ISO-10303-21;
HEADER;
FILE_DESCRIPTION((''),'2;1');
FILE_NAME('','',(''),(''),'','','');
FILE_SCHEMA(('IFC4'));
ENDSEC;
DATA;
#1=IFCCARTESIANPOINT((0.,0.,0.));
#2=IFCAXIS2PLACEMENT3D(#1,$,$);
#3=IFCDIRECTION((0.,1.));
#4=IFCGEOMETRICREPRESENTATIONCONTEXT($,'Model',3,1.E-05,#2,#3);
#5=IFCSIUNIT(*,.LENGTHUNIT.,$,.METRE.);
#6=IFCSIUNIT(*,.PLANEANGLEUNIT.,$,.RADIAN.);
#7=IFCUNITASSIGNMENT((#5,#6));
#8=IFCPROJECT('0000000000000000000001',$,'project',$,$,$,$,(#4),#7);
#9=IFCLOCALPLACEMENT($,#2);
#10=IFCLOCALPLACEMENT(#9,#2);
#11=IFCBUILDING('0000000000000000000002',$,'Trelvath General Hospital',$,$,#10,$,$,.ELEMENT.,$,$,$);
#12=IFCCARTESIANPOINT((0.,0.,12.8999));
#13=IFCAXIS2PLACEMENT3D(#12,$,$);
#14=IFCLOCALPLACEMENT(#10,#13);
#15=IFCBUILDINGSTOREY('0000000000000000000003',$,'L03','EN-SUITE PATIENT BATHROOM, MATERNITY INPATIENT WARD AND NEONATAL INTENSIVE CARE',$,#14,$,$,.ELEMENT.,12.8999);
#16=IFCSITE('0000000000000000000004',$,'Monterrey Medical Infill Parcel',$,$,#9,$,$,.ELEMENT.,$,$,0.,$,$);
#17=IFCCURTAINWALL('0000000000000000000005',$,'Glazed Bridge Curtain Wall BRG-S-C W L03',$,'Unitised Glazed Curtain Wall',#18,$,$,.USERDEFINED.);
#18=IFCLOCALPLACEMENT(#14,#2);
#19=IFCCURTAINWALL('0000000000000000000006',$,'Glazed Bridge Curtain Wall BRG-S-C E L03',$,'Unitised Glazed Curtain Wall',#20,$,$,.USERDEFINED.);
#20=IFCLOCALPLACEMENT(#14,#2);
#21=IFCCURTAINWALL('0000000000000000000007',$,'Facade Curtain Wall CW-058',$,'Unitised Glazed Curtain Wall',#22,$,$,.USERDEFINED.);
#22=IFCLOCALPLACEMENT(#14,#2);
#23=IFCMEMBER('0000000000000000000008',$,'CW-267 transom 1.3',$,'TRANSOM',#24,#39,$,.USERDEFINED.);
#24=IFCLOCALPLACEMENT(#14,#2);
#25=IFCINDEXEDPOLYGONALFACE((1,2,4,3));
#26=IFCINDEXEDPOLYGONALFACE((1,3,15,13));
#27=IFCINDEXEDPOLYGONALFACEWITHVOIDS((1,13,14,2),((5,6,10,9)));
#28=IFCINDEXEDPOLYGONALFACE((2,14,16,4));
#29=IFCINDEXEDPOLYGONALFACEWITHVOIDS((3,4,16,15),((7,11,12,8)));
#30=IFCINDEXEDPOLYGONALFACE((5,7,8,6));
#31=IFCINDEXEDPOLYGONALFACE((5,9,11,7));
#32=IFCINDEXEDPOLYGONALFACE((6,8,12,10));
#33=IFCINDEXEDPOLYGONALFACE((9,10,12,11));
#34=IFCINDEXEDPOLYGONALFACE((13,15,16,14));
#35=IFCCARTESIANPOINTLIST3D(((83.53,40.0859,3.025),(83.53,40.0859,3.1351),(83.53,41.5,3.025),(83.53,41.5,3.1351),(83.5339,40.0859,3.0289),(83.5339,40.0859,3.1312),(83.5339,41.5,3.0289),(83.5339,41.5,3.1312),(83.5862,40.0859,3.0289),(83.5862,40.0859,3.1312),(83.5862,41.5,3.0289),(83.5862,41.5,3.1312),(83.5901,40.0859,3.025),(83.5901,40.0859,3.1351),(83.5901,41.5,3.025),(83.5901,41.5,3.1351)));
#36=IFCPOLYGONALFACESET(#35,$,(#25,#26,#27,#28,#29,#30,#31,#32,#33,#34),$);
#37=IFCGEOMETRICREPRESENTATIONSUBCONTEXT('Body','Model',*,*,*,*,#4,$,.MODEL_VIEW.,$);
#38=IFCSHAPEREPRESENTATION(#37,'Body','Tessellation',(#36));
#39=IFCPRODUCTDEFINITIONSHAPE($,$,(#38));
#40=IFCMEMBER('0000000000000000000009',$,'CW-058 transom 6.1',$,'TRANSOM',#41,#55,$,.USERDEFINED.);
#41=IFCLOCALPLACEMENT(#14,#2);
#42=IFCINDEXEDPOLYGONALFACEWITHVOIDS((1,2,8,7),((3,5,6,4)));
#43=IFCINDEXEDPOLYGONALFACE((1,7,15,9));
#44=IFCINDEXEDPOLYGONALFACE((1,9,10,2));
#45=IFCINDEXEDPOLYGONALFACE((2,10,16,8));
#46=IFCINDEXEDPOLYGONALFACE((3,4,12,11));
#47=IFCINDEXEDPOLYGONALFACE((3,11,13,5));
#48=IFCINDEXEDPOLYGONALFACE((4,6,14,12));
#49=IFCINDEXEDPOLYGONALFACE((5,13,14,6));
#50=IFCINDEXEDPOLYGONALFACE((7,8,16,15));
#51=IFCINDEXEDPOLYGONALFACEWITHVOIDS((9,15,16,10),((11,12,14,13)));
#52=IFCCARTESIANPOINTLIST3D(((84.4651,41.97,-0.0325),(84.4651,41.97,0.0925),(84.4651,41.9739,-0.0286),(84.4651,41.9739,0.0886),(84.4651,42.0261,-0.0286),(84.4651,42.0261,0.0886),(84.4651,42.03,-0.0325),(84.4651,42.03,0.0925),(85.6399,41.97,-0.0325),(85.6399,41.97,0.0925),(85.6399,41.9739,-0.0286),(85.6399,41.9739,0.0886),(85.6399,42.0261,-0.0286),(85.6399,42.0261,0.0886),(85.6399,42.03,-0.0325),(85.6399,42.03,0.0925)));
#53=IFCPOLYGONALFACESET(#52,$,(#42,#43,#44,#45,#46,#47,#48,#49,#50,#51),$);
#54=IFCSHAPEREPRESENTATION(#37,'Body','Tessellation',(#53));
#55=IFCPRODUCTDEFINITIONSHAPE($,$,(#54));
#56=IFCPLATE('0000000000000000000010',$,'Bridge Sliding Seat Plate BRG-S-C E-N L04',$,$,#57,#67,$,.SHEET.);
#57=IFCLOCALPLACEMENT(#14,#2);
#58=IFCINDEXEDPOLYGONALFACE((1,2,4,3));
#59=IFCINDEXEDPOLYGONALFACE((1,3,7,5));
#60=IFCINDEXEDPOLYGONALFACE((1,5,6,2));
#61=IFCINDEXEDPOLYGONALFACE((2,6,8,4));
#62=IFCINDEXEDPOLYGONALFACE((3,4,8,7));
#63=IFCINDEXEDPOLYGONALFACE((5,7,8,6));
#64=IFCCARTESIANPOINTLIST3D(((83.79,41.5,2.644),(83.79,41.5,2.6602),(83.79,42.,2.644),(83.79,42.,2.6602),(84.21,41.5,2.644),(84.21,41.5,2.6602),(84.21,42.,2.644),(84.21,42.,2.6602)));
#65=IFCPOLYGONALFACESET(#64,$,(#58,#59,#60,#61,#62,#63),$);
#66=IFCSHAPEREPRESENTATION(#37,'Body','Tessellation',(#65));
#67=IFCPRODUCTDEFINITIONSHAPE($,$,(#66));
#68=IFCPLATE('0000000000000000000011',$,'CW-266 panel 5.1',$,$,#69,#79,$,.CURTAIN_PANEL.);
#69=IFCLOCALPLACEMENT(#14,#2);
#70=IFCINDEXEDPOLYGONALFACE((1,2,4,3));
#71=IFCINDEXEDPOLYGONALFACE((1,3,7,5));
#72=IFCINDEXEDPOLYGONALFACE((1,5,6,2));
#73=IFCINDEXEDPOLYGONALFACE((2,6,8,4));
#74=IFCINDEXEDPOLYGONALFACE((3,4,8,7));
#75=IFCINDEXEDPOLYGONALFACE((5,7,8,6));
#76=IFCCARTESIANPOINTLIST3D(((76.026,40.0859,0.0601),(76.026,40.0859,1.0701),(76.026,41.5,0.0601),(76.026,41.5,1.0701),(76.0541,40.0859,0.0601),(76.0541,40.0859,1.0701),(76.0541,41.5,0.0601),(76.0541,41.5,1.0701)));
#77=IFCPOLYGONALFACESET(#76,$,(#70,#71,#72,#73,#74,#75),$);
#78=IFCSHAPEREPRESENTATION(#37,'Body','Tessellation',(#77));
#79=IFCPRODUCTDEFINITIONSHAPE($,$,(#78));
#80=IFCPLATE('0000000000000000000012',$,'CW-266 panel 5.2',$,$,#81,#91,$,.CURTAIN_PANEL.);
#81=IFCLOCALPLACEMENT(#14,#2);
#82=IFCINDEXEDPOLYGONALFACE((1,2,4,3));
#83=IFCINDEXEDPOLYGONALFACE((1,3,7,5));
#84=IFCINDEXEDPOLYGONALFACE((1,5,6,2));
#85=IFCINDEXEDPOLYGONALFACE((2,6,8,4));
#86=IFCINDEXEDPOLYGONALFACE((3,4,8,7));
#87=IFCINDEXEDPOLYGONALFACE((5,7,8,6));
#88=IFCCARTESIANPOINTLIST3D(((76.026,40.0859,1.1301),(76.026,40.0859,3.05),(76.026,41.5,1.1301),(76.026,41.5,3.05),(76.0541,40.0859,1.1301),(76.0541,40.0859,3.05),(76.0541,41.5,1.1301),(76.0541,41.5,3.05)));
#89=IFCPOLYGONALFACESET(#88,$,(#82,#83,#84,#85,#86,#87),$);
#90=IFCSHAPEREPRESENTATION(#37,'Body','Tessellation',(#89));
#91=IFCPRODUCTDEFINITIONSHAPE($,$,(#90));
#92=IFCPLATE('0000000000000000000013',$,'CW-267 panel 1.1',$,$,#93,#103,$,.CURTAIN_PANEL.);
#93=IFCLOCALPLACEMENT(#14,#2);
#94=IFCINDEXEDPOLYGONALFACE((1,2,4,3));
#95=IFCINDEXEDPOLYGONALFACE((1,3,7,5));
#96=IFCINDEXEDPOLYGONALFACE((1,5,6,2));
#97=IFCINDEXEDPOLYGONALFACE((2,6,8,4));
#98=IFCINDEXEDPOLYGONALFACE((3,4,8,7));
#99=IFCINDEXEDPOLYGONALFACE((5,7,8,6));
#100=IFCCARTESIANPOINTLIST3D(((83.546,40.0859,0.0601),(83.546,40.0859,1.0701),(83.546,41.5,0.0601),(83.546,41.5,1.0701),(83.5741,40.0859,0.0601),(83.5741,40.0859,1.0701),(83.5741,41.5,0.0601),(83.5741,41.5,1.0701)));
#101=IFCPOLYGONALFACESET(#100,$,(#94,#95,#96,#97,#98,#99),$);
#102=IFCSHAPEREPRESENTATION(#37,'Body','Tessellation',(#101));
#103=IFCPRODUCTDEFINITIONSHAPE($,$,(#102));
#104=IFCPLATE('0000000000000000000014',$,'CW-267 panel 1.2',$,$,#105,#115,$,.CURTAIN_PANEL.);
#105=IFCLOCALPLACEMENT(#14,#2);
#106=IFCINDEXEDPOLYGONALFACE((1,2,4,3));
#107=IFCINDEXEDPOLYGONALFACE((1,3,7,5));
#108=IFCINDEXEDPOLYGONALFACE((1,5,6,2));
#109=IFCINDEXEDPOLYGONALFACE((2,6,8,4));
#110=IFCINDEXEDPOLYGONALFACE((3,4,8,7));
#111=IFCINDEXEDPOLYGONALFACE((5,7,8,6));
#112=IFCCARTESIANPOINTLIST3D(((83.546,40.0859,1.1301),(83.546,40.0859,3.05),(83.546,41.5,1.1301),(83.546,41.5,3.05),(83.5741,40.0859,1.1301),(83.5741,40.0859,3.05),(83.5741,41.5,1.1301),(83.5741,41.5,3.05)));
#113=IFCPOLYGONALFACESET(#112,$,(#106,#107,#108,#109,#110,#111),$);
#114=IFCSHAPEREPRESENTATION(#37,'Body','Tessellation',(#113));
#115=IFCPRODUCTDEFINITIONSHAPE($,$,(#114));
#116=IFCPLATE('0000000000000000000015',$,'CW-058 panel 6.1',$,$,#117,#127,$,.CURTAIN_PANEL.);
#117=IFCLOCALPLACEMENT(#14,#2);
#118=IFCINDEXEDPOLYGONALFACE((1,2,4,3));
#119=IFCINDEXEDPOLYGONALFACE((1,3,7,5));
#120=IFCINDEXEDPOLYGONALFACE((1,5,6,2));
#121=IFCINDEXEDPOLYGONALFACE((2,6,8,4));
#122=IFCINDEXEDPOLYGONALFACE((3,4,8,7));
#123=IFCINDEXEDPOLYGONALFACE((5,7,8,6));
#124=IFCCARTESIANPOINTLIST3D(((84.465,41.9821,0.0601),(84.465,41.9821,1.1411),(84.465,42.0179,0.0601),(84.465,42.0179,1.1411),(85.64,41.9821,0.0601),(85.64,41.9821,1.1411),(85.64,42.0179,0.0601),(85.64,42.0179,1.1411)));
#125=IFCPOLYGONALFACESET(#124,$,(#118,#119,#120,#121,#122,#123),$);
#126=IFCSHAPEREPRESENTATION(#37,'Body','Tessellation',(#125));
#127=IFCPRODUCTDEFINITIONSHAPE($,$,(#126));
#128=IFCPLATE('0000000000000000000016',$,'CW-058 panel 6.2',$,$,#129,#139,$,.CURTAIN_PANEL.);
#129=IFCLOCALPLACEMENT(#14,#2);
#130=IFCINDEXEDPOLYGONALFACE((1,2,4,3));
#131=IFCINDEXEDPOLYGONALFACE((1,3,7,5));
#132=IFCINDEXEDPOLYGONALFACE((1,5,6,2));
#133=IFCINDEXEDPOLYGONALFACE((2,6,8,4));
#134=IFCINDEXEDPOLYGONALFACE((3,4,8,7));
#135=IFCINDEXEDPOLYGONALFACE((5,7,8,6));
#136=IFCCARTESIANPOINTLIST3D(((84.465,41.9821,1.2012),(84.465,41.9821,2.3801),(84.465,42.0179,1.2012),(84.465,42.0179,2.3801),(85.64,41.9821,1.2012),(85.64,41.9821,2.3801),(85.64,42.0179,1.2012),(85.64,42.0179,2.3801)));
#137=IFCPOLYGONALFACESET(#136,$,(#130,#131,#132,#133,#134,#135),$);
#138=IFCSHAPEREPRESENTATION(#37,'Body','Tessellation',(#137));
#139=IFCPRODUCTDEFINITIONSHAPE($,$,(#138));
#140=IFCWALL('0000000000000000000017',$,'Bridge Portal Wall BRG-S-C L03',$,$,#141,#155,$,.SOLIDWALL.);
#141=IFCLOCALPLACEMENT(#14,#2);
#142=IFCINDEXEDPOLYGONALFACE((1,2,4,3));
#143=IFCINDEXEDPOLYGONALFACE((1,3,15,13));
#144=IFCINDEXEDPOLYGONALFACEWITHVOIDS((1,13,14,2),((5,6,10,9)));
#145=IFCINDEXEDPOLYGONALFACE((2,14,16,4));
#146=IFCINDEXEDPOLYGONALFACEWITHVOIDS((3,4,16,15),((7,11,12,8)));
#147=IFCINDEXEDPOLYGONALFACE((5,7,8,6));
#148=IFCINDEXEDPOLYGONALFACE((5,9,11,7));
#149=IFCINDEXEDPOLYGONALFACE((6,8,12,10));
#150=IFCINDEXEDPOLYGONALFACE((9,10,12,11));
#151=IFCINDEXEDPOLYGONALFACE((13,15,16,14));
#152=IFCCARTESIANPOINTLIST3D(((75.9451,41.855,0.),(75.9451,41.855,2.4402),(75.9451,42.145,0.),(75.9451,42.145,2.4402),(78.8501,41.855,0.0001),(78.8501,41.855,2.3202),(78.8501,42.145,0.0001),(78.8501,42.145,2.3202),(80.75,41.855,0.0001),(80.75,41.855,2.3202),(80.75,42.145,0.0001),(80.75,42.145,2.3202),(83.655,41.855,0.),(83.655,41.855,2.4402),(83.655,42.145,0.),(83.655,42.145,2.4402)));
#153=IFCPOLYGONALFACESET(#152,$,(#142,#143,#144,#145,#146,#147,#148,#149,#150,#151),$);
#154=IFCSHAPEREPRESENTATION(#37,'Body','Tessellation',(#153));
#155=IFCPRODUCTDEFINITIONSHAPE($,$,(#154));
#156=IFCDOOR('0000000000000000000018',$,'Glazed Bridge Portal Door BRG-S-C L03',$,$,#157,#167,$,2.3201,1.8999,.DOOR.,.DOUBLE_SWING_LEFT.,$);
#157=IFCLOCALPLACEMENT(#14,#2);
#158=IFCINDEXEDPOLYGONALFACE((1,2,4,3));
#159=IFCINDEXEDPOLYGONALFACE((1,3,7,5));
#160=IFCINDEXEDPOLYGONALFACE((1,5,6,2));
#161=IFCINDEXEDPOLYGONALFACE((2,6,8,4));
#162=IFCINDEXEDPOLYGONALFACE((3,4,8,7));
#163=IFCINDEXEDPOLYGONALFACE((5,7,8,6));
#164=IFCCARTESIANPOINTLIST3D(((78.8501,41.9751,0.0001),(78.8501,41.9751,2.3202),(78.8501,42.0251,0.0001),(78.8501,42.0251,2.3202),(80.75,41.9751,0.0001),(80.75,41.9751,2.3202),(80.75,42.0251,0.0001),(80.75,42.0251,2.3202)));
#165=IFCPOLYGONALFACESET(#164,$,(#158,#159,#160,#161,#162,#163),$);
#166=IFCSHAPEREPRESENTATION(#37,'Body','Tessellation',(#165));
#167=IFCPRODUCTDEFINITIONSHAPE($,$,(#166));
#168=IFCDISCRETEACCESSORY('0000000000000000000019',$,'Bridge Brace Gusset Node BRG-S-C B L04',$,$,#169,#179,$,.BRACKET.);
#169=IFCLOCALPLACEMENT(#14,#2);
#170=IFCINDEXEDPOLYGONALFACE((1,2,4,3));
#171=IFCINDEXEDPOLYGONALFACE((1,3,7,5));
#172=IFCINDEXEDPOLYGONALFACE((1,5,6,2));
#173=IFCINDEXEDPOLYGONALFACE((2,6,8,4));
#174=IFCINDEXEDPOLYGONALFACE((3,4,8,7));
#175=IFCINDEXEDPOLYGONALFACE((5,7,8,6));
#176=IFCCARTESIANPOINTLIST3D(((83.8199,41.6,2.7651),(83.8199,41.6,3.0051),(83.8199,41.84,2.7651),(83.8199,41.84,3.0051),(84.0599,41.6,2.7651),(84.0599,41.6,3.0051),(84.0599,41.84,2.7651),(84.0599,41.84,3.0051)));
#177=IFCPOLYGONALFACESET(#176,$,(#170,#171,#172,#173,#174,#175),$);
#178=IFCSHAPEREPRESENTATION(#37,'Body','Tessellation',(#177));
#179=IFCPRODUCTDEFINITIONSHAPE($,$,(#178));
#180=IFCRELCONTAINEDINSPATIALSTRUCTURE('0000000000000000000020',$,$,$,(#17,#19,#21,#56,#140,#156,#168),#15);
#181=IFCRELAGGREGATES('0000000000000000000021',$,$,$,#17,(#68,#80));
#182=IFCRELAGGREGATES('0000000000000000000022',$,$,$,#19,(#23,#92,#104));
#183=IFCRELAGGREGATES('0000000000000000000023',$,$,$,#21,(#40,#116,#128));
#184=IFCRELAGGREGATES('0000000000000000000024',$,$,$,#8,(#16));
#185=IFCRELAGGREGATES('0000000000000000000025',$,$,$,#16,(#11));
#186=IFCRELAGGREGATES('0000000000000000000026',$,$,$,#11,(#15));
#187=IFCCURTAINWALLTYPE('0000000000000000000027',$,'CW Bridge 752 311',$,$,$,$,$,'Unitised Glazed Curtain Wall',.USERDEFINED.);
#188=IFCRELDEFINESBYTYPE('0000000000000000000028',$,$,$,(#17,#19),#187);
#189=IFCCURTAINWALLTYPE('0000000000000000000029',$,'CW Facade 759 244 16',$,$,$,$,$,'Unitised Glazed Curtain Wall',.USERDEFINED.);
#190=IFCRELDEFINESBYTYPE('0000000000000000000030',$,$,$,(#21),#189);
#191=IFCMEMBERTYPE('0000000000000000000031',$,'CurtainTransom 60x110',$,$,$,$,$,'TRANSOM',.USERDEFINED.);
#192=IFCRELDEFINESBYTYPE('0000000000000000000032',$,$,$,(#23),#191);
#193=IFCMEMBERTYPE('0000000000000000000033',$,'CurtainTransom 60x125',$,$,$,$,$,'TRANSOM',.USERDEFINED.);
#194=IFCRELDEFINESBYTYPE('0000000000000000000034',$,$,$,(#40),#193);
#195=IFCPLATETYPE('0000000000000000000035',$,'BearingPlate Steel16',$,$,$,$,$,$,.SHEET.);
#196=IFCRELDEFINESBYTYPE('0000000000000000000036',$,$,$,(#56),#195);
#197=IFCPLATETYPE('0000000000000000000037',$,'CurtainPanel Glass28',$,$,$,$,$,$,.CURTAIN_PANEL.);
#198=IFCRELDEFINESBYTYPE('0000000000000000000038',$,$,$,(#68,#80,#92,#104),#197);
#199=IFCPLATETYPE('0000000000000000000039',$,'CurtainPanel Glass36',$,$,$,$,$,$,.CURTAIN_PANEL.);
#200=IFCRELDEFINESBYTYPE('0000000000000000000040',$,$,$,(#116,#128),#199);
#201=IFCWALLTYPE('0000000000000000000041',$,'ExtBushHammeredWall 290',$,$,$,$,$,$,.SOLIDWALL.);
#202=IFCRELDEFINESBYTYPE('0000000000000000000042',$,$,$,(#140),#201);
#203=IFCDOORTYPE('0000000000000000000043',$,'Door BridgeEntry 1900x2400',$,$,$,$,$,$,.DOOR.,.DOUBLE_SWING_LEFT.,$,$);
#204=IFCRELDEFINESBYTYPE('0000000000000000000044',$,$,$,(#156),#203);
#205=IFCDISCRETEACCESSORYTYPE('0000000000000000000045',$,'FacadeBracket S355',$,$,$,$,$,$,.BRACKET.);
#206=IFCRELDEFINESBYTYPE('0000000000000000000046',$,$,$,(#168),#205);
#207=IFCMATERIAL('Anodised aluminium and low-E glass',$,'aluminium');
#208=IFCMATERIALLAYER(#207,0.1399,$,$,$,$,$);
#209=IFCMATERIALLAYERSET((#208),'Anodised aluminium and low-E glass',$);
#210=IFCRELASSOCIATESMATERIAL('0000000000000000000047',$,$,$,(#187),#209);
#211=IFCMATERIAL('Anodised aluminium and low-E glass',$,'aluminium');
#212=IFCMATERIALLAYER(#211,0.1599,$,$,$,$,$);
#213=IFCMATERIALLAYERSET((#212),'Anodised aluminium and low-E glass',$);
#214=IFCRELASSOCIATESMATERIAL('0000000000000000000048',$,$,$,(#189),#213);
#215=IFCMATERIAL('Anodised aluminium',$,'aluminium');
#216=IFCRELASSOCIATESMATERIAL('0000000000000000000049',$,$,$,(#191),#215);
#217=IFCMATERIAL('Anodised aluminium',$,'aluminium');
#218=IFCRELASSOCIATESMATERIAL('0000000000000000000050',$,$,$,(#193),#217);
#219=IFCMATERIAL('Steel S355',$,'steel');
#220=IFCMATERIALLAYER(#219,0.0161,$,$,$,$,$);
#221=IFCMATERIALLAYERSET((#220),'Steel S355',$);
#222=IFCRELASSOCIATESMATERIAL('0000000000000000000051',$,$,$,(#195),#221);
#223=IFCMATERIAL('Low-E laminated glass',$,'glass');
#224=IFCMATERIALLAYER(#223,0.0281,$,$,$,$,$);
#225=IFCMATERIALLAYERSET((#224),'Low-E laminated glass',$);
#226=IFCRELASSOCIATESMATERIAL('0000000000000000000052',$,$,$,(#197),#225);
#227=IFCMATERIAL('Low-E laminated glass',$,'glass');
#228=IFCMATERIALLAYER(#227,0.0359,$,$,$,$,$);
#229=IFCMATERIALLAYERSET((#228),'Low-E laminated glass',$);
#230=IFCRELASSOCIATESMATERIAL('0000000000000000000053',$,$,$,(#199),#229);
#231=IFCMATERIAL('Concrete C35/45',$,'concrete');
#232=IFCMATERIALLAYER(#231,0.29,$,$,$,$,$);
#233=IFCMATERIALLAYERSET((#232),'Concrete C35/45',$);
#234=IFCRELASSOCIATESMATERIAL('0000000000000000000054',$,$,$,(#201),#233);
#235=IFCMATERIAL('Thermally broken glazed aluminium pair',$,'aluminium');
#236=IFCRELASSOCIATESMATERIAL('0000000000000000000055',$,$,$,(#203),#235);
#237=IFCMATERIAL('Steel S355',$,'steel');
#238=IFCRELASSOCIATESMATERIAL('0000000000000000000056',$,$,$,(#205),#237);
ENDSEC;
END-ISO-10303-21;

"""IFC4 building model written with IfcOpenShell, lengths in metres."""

from ifc_helpers import new_model, si_unit, direction, frame, frame_2d, origin, origin_2d, place, context, subcontext, project, spatial, rectangle, hollow_rectangle, extrude, material, layer, layer_set, material_profile, profile_set, type_object, element, fill, aggregate, save


model = new_model("IFC4")

# Units and contexts
model_context = context("Model", 3, precision=1e-05, world=origin(), true_north=direction((0.0, 1.0)))
body_context = subcontext(model_context, "Body", "Model", "MODEL_VIEW")
ifc_project = project(units=[si_unit("LENGTHUNIT", "METRE"), si_unit("PLANEANGLEUNIT", "RADIAN")], contexts=[model_context])

# Site, building, storey
site_placement = place(None, origin())
site = spatial("IfcSite", under=ifc_project, at=site_placement, Name="Monterrey Medical Infill Parcel", CompositionType="ELEMENT", RefElevation=0.0)
building_placement = place(site_placement, origin())
building = spatial("IfcBuilding", under=site, at=building_placement, Name="Trelvath General Hospital", CompositionType="ELEMENT")
storey_placement = place(building_placement, frame((0.0, 0.0, 12.8999)))
storey = spatial("IfcBuildingStorey", under=building, at=storey_placement, Name="L03", Description="EN-SUITE PATIENT BATHROOM, MATERNITY INPATIENT WARD AND NEONATAL INTENSIVE CARE", CompositionType="ELEMENT", Elevation=12.8999)

# Curtain wall
ifc_material_1 = material(Name="Anodised aluminium and low-E glass", Category="aluminium")
ifc_layer_1 = layer(ifc_material_1, 0.1399)
ifc_layer_set_1 = layer_set([ifc_layer_1], Name="Anodised aluminium and low-E glass")
curtain_wall_type_1 = type_object("IfcCurtainWallType", Name="CW Bridge 752 311", ElementType="Unitised Glazed Curtain Wall", PredefinedType="USERDEFINED", material=ifc_layer_set_1)
curtain_wall_1_placement = place(storey_placement, origin())
curtain_wall_1 = element("IfcCurtainWall", 1, at=curtain_wall_1_placement, inside=storey, type_object=curtain_wall_type_1, Name="Glazed Bridge Curtain Wall BRG-S-C W L03", ObjectType="Unitised Glazed Curtain Wall", PredefinedType="USERDEFINED")

# Curtain wall
curtain_wall_2_placement = place(storey_placement, origin())
curtain_wall_2 = element("IfcCurtainWall", 2, at=curtain_wall_2_placement, inside=storey, type_object=curtain_wall_type_1, Name="Glazed Bridge Curtain Wall BRG-S-C E L03", ObjectType="Unitised Glazed Curtain Wall", PredefinedType="USERDEFINED")

# Curtain wall
ifc_material_2 = material(Name="Anodised aluminium and low-E glass", Category="aluminium")
ifc_layer_2 = layer(ifc_material_2, 0.1599)
ifc_layer_set_2 = layer_set([ifc_layer_2], Name="Anodised aluminium and low-E glass")
curtain_wall_type_2 = type_object("IfcCurtainWallType", Name="CW Facade 759 244 16", ElementType="Unitised Glazed Curtain Wall", PredefinedType="USERDEFINED", material=ifc_layer_set_2)
curtain_wall_3_placement = place(storey_placement, origin())
curtain_wall_3 = element("IfcCurtainWall", 3, at=curtain_wall_3_placement, inside=storey, type_object=curtain_wall_type_2, Name="Facade Curtain Wall CW-058", ObjectType="Unitised Glazed Curtain Wall", PredefinedType="USERDEFINED")

# Members
ifc_material_3 = material(Name="Anodised aluminium", Category="aluminium")
ifc_material_profile_1 = material_profile(ifc_material_3, hollow_rectangle(XDim=0.0601, YDim=0.1101, WallThickness=0.0039, at=origin_2d()), Name="RHS60x110x4")
ifc_profile_set_1 = profile_set([ifc_material_profile_1], Name="Anodised aluminium")
member_type_1 = type_object("IfcMemberType", Name="CurtainTransom 60x110", ElementType="TRANSOM", PredefinedType="USERDEFINED", material=ifc_profile_set_1)
member_1_placement = place(storey_placement, frame((83.5601, 41.5, 3.0801), z_axis=(0.0, -1.0, 0.0), x_axis=(1.0, 0.0, 0.0)))
member_1 = element("IfcMember", 4, at=member_1_placement, type_object=member_type_1, Name="CW-267 transom 1.3", ObjectType="TRANSOM", PredefinedType="USERDEFINED", context=body_context, shape_type="SweptSolid", body=[
    extrude(hollow_rectangle(XDim=0.0601, YDim=0.1101, WallThickness=0.0039, at=origin_2d()), origin(), (0.0, 0.0, 1.0), 1.4141),
])
ifc_material_4 = material(Name="Anodised aluminium", Category="aluminium")
ifc_material_profile_2 = material_profile(ifc_material_4, hollow_rectangle(XDim=0.0601, YDim=0.125, WallThickness=0.0039, at=origin_2d()), Name="RHS60x125x4")
ifc_profile_set_2 = profile_set([ifc_material_profile_2], Name="Anodised aluminium")
member_type_2 = type_object("IfcMemberType", Name="CurtainTransom 60x125", ElementType="TRANSOM", PredefinedType="USERDEFINED", material=ifc_profile_set_2)
member_2_placement = place(storey_placement, frame((85.6399, 42.0, 0.03), z_axis=(-1.0, 0.0, 0.0), x_axis=(0.0, -1.0, 0.0)))
member_2 = element("IfcMember", 5, at=member_2_placement, type_object=member_type_2, Name="CW-058 transom 6.1", ObjectType="TRANSOM", PredefinedType="USERDEFINED", context=body_context, shape_type="SweptSolid", body=[
    extrude(hollow_rectangle(XDim=0.0601, YDim=0.125, WallThickness=0.0039, at=origin_2d()), origin(), (0.0, 0.0, 1.0), 1.1748),
])

# Plates
ifc_material_5 = material(Name="Steel S355", Category="steel")
ifc_layer_3 = layer(ifc_material_5, 0.0161)
ifc_layer_set_3 = layer_set([ifc_layer_3], Name="Steel S355")
plate_type_1 = type_object("IfcPlateType", Name="BearingPlate Steel16", PredefinedType="SHEET", material=ifc_layer_set_3)
plate_1_placement = place(storey_placement, frame((84.0, 41.75, 2.644), z_axis=(0.0, 0.0, 1.0), x_axis=(1.0, 0.0, 0.0)))
element("IfcPlate", 6, at=plate_1_placement, inside=storey, type_object=plate_type_1, Name="Bridge Sliding Seat Plate BRG-S-C E-N L04", PredefinedType="SHEET", context=body_context, shape_type="SweptSolid", body=[
    extrude(rectangle(XDim=0.4199, YDim=0.5, at=origin_2d()), origin(), (0.0, 0.0, 1.0), 0.0161),
])
ifc_material_6 = material(Name="Low-E laminated glass", Category="glass")
ifc_layer_4 = layer(ifc_material_6, 0.0281)
ifc_layer_set_4 = layer_set([ifc_layer_4], Name="Low-E laminated glass")
plate_type_2 = type_object("IfcPlateType", Name="CurtainPanel Glass28", PredefinedType="CURTAIN_PANEL", material=ifc_layer_set_4)
plate_2_placement = place(storey_placement, frame((76.04, 40.793, 0.0601), z_axis=(0.0, 0.0, 1.0), x_axis=(0.0, 1.0, 0.0)))
plate_2 = element("IfcPlate", 7, at=plate_2_placement, type_object=plate_type_2, Name="CW-266 panel 5.1", PredefinedType="CURTAIN_PANEL", context=body_context, shape_type="SweptSolid", body=[
    extrude(rectangle(XDim=1.4141, YDim=0.0281, at=origin_2d()), origin(), (0.0, 0.0, 1.0), 1.01),
])
plate_3_placement = place(storey_placement, frame((76.04, 40.793, 1.1301), z_axis=(0.0, 0.0, 1.0), x_axis=(0.0, 1.0, 0.0)))
plate_3 = element("IfcPlate", 8, at=plate_3_placement, type_object=plate_type_2, Name="CW-266 panel 5.2", PredefinedType="CURTAIN_PANEL", context=body_context, shape_type="SweptSolid", body=[
    extrude(rectangle(XDim=1.4141, YDim=0.0281, at=origin_2d()), origin(), (0.0, 0.0, 1.0), 1.9199),
])
aggregate(curtain_wall_1, [plate_2, plate_3])
plate_4_placement = place(storey_placement, frame((83.5601, 40.793, 0.0601), z_axis=(0.0, 0.0, 1.0), x_axis=(0.0, -1.0, 0.0)))
plate_4 = element("IfcPlate", 9, at=plate_4_placement, type_object=plate_type_2, Name="CW-267 panel 1.1", PredefinedType="CURTAIN_PANEL", context=body_context, shape_type="SweptSolid", body=[
    extrude(rectangle(XDim=1.4141, YDim=0.0281, at=origin_2d()), origin(), (0.0, 0.0, 1.0), 1.01),
])
plate_5_placement = place(storey_placement, frame((83.5601, 40.793, 1.1301), z_axis=(0.0, 0.0, 1.0), x_axis=(0.0, -1.0, 0.0)))
plate_5 = element("IfcPlate", 10, at=plate_5_placement, type_object=plate_type_2, Name="CW-267 panel 1.2", PredefinedType="CURTAIN_PANEL", context=body_context, shape_type="SweptSolid", body=[
    extrude(rectangle(XDim=1.4141, YDim=0.0281, at=origin_2d()), origin(), (0.0, 0.0, 1.0), 1.9199),
])
aggregate(curtain_wall_2, [member_1, plate_4, plate_5])
ifc_material_7 = material(Name="Low-E laminated glass", Category="glass")
ifc_layer_5 = layer(ifc_material_7, 0.0359)
ifc_layer_set_5 = layer_set([ifc_layer_5], Name="Low-E laminated glass")
plate_type_3 = type_object("IfcPlateType", Name="CurtainPanel Glass36", PredefinedType="CURTAIN_PANEL", material=ifc_layer_set_5)
plate_6_placement = place(storey_placement, frame((85.0525, 42.0, 0.0601), z_axis=(0.0, 0.0, 1.0), x_axis=(-1.0, 0.0, 0.0)))
plate_6 = element("IfcPlate", 11, at=plate_6_placement, type_object=plate_type_3, Name="CW-058 panel 6.1", PredefinedType="CURTAIN_PANEL", context=body_context, shape_type="SweptSolid", body=[
    extrude(rectangle(XDim=1.175, YDim=0.0359, at=origin_2d()), origin(), (0.0, 0.0, 1.0), 1.0811),
])
plate_7_placement = place(storey_placement, frame((85.0525, 42.0, 1.2012), z_axis=(0.0, 0.0, 1.0), x_axis=(-1.0, 0.0, 0.0)))
plate_7 = element("IfcPlate", 12, at=plate_7_placement, type_object=plate_type_3, Name="CW-058 panel 6.2", PredefinedType="CURTAIN_PANEL", context=body_context, shape_type="SweptSolid", body=[
    extrude(rectangle(XDim=1.175, YDim=0.0359, at=origin_2d()), origin(), (0.0, 0.0, 1.0), 1.179),
])
aggregate(curtain_wall_3, [member_2, plate_6, plate_7])

# Wall, opening, door
ifc_material_8 = material(Name="Concrete C35/45", Category="concrete")
ifc_layer_6 = layer(ifc_material_8, 0.29)
ifc_layer_set_6 = layer_set([ifc_layer_6], Name="Concrete C35/45")
wall_type = type_object("IfcWallType", Name="ExtBushHammeredWall 290", PredefinedType="SOLIDWALL", material=ifc_layer_set_6)
wall_placement = place(storey_placement, frame((83.655, 42.0, 0.0), z_axis=(0.0, 0.0, 1.0), x_axis=(-1.0, 0.0, 0.0)))
wall = element("IfcWall", 13, at=wall_placement, inside=storey, type_object=wall_type, Name="Bridge Portal Wall BRG-S-C L03", PredefinedType="SOLIDWALL", context=body_context, shape_type="SweptSolid", body=[
    extrude(rectangle(XDim=7.71, YDim=0.29, at=frame_2d((3.855, 0.0))), origin(), (0.0, 0.0, 1.0), 2.4402),
])
opening_placement = place(wall_placement, frame((2.905, 0.0, 0.0)))
opening = element("IfcOpeningElement", 14, at=opening_placement, cuts=wall, PredefinedType="OPENING", context=body_context, shape_type="SweptSolid", body=[
    extrude(rectangle(XDim=1.8999, YDim=2.3201, at=frame_2d((0.95, 1.1602))), frame((0.0, 0.155, 0.0), z_axis=(0.0, -1.0, 0.0), x_axis=(1.0, 0.0, 0.0)), (0.0, 0.0, 1.0), 0.3101),
])
ifc_material_9 = material(Name="Thermally broken glazed aluminium pair", Category="aluminium")
door_type = type_object("IfcDoorType", Name="Door BridgeEntry 1900x2400", OperationType="DOUBLE_SWING_LEFT", PredefinedType="DOOR", material=ifc_material_9)
door_placement = place(opening_placement, origin())
door = element("IfcDoor", 15, at=door_placement, inside=storey, type_object=door_type, Name="Glazed Bridge Portal Door BRG-S-C L03", OperationType="DOUBLE_SWING_LEFT", OverallHeight=2.3201, OverallWidth=1.8999, PredefinedType="DOOR", context=body_context, shape_type="SweptSolid", body=[
    extrude(rectangle(XDim=1.8999, YDim=2.3201, at=frame_2d((0.95, 1.1602))), frame((0.0, 0.0249, 0.0), z_axis=(0.0, -1.0, 0.0), x_axis=(1.0, 0.0, 0.0)), (0.0, 0.0, 1.0), 0.05),
])
fill(opening, door)

# Discrete accessory
ifc_material_10 = material(Name="Steel S355", Category="steel")
discrete_accessory_type = type_object("IfcDiscreteAccessoryType", Name="FacadeBracket S355", PredefinedType="BRACKET", material=ifc_material_10)
discrete_accessory_placement = place(storey_placement, frame((83.9399, 41.72, 2.7651), z_axis=(0.0, 0.0, 1.0), x_axis=(1.0, 0.0, 0.0)))
element("IfcDiscreteAccessory", 16, at=discrete_accessory_placement, inside=storey, type_object=discrete_accessory_type, Name="Bridge Brace Gusset Node BRG-S-C B L04", PredefinedType="BRACKET", context=body_context, shape_type="SweptSolid", body=[
    extrude(rectangle(XDim=0.24, YDim=0.24, at=origin_2d()), origin(), (0.0, 0.0, 1.0), 0.24),
])

save(model, "model.ifc")
